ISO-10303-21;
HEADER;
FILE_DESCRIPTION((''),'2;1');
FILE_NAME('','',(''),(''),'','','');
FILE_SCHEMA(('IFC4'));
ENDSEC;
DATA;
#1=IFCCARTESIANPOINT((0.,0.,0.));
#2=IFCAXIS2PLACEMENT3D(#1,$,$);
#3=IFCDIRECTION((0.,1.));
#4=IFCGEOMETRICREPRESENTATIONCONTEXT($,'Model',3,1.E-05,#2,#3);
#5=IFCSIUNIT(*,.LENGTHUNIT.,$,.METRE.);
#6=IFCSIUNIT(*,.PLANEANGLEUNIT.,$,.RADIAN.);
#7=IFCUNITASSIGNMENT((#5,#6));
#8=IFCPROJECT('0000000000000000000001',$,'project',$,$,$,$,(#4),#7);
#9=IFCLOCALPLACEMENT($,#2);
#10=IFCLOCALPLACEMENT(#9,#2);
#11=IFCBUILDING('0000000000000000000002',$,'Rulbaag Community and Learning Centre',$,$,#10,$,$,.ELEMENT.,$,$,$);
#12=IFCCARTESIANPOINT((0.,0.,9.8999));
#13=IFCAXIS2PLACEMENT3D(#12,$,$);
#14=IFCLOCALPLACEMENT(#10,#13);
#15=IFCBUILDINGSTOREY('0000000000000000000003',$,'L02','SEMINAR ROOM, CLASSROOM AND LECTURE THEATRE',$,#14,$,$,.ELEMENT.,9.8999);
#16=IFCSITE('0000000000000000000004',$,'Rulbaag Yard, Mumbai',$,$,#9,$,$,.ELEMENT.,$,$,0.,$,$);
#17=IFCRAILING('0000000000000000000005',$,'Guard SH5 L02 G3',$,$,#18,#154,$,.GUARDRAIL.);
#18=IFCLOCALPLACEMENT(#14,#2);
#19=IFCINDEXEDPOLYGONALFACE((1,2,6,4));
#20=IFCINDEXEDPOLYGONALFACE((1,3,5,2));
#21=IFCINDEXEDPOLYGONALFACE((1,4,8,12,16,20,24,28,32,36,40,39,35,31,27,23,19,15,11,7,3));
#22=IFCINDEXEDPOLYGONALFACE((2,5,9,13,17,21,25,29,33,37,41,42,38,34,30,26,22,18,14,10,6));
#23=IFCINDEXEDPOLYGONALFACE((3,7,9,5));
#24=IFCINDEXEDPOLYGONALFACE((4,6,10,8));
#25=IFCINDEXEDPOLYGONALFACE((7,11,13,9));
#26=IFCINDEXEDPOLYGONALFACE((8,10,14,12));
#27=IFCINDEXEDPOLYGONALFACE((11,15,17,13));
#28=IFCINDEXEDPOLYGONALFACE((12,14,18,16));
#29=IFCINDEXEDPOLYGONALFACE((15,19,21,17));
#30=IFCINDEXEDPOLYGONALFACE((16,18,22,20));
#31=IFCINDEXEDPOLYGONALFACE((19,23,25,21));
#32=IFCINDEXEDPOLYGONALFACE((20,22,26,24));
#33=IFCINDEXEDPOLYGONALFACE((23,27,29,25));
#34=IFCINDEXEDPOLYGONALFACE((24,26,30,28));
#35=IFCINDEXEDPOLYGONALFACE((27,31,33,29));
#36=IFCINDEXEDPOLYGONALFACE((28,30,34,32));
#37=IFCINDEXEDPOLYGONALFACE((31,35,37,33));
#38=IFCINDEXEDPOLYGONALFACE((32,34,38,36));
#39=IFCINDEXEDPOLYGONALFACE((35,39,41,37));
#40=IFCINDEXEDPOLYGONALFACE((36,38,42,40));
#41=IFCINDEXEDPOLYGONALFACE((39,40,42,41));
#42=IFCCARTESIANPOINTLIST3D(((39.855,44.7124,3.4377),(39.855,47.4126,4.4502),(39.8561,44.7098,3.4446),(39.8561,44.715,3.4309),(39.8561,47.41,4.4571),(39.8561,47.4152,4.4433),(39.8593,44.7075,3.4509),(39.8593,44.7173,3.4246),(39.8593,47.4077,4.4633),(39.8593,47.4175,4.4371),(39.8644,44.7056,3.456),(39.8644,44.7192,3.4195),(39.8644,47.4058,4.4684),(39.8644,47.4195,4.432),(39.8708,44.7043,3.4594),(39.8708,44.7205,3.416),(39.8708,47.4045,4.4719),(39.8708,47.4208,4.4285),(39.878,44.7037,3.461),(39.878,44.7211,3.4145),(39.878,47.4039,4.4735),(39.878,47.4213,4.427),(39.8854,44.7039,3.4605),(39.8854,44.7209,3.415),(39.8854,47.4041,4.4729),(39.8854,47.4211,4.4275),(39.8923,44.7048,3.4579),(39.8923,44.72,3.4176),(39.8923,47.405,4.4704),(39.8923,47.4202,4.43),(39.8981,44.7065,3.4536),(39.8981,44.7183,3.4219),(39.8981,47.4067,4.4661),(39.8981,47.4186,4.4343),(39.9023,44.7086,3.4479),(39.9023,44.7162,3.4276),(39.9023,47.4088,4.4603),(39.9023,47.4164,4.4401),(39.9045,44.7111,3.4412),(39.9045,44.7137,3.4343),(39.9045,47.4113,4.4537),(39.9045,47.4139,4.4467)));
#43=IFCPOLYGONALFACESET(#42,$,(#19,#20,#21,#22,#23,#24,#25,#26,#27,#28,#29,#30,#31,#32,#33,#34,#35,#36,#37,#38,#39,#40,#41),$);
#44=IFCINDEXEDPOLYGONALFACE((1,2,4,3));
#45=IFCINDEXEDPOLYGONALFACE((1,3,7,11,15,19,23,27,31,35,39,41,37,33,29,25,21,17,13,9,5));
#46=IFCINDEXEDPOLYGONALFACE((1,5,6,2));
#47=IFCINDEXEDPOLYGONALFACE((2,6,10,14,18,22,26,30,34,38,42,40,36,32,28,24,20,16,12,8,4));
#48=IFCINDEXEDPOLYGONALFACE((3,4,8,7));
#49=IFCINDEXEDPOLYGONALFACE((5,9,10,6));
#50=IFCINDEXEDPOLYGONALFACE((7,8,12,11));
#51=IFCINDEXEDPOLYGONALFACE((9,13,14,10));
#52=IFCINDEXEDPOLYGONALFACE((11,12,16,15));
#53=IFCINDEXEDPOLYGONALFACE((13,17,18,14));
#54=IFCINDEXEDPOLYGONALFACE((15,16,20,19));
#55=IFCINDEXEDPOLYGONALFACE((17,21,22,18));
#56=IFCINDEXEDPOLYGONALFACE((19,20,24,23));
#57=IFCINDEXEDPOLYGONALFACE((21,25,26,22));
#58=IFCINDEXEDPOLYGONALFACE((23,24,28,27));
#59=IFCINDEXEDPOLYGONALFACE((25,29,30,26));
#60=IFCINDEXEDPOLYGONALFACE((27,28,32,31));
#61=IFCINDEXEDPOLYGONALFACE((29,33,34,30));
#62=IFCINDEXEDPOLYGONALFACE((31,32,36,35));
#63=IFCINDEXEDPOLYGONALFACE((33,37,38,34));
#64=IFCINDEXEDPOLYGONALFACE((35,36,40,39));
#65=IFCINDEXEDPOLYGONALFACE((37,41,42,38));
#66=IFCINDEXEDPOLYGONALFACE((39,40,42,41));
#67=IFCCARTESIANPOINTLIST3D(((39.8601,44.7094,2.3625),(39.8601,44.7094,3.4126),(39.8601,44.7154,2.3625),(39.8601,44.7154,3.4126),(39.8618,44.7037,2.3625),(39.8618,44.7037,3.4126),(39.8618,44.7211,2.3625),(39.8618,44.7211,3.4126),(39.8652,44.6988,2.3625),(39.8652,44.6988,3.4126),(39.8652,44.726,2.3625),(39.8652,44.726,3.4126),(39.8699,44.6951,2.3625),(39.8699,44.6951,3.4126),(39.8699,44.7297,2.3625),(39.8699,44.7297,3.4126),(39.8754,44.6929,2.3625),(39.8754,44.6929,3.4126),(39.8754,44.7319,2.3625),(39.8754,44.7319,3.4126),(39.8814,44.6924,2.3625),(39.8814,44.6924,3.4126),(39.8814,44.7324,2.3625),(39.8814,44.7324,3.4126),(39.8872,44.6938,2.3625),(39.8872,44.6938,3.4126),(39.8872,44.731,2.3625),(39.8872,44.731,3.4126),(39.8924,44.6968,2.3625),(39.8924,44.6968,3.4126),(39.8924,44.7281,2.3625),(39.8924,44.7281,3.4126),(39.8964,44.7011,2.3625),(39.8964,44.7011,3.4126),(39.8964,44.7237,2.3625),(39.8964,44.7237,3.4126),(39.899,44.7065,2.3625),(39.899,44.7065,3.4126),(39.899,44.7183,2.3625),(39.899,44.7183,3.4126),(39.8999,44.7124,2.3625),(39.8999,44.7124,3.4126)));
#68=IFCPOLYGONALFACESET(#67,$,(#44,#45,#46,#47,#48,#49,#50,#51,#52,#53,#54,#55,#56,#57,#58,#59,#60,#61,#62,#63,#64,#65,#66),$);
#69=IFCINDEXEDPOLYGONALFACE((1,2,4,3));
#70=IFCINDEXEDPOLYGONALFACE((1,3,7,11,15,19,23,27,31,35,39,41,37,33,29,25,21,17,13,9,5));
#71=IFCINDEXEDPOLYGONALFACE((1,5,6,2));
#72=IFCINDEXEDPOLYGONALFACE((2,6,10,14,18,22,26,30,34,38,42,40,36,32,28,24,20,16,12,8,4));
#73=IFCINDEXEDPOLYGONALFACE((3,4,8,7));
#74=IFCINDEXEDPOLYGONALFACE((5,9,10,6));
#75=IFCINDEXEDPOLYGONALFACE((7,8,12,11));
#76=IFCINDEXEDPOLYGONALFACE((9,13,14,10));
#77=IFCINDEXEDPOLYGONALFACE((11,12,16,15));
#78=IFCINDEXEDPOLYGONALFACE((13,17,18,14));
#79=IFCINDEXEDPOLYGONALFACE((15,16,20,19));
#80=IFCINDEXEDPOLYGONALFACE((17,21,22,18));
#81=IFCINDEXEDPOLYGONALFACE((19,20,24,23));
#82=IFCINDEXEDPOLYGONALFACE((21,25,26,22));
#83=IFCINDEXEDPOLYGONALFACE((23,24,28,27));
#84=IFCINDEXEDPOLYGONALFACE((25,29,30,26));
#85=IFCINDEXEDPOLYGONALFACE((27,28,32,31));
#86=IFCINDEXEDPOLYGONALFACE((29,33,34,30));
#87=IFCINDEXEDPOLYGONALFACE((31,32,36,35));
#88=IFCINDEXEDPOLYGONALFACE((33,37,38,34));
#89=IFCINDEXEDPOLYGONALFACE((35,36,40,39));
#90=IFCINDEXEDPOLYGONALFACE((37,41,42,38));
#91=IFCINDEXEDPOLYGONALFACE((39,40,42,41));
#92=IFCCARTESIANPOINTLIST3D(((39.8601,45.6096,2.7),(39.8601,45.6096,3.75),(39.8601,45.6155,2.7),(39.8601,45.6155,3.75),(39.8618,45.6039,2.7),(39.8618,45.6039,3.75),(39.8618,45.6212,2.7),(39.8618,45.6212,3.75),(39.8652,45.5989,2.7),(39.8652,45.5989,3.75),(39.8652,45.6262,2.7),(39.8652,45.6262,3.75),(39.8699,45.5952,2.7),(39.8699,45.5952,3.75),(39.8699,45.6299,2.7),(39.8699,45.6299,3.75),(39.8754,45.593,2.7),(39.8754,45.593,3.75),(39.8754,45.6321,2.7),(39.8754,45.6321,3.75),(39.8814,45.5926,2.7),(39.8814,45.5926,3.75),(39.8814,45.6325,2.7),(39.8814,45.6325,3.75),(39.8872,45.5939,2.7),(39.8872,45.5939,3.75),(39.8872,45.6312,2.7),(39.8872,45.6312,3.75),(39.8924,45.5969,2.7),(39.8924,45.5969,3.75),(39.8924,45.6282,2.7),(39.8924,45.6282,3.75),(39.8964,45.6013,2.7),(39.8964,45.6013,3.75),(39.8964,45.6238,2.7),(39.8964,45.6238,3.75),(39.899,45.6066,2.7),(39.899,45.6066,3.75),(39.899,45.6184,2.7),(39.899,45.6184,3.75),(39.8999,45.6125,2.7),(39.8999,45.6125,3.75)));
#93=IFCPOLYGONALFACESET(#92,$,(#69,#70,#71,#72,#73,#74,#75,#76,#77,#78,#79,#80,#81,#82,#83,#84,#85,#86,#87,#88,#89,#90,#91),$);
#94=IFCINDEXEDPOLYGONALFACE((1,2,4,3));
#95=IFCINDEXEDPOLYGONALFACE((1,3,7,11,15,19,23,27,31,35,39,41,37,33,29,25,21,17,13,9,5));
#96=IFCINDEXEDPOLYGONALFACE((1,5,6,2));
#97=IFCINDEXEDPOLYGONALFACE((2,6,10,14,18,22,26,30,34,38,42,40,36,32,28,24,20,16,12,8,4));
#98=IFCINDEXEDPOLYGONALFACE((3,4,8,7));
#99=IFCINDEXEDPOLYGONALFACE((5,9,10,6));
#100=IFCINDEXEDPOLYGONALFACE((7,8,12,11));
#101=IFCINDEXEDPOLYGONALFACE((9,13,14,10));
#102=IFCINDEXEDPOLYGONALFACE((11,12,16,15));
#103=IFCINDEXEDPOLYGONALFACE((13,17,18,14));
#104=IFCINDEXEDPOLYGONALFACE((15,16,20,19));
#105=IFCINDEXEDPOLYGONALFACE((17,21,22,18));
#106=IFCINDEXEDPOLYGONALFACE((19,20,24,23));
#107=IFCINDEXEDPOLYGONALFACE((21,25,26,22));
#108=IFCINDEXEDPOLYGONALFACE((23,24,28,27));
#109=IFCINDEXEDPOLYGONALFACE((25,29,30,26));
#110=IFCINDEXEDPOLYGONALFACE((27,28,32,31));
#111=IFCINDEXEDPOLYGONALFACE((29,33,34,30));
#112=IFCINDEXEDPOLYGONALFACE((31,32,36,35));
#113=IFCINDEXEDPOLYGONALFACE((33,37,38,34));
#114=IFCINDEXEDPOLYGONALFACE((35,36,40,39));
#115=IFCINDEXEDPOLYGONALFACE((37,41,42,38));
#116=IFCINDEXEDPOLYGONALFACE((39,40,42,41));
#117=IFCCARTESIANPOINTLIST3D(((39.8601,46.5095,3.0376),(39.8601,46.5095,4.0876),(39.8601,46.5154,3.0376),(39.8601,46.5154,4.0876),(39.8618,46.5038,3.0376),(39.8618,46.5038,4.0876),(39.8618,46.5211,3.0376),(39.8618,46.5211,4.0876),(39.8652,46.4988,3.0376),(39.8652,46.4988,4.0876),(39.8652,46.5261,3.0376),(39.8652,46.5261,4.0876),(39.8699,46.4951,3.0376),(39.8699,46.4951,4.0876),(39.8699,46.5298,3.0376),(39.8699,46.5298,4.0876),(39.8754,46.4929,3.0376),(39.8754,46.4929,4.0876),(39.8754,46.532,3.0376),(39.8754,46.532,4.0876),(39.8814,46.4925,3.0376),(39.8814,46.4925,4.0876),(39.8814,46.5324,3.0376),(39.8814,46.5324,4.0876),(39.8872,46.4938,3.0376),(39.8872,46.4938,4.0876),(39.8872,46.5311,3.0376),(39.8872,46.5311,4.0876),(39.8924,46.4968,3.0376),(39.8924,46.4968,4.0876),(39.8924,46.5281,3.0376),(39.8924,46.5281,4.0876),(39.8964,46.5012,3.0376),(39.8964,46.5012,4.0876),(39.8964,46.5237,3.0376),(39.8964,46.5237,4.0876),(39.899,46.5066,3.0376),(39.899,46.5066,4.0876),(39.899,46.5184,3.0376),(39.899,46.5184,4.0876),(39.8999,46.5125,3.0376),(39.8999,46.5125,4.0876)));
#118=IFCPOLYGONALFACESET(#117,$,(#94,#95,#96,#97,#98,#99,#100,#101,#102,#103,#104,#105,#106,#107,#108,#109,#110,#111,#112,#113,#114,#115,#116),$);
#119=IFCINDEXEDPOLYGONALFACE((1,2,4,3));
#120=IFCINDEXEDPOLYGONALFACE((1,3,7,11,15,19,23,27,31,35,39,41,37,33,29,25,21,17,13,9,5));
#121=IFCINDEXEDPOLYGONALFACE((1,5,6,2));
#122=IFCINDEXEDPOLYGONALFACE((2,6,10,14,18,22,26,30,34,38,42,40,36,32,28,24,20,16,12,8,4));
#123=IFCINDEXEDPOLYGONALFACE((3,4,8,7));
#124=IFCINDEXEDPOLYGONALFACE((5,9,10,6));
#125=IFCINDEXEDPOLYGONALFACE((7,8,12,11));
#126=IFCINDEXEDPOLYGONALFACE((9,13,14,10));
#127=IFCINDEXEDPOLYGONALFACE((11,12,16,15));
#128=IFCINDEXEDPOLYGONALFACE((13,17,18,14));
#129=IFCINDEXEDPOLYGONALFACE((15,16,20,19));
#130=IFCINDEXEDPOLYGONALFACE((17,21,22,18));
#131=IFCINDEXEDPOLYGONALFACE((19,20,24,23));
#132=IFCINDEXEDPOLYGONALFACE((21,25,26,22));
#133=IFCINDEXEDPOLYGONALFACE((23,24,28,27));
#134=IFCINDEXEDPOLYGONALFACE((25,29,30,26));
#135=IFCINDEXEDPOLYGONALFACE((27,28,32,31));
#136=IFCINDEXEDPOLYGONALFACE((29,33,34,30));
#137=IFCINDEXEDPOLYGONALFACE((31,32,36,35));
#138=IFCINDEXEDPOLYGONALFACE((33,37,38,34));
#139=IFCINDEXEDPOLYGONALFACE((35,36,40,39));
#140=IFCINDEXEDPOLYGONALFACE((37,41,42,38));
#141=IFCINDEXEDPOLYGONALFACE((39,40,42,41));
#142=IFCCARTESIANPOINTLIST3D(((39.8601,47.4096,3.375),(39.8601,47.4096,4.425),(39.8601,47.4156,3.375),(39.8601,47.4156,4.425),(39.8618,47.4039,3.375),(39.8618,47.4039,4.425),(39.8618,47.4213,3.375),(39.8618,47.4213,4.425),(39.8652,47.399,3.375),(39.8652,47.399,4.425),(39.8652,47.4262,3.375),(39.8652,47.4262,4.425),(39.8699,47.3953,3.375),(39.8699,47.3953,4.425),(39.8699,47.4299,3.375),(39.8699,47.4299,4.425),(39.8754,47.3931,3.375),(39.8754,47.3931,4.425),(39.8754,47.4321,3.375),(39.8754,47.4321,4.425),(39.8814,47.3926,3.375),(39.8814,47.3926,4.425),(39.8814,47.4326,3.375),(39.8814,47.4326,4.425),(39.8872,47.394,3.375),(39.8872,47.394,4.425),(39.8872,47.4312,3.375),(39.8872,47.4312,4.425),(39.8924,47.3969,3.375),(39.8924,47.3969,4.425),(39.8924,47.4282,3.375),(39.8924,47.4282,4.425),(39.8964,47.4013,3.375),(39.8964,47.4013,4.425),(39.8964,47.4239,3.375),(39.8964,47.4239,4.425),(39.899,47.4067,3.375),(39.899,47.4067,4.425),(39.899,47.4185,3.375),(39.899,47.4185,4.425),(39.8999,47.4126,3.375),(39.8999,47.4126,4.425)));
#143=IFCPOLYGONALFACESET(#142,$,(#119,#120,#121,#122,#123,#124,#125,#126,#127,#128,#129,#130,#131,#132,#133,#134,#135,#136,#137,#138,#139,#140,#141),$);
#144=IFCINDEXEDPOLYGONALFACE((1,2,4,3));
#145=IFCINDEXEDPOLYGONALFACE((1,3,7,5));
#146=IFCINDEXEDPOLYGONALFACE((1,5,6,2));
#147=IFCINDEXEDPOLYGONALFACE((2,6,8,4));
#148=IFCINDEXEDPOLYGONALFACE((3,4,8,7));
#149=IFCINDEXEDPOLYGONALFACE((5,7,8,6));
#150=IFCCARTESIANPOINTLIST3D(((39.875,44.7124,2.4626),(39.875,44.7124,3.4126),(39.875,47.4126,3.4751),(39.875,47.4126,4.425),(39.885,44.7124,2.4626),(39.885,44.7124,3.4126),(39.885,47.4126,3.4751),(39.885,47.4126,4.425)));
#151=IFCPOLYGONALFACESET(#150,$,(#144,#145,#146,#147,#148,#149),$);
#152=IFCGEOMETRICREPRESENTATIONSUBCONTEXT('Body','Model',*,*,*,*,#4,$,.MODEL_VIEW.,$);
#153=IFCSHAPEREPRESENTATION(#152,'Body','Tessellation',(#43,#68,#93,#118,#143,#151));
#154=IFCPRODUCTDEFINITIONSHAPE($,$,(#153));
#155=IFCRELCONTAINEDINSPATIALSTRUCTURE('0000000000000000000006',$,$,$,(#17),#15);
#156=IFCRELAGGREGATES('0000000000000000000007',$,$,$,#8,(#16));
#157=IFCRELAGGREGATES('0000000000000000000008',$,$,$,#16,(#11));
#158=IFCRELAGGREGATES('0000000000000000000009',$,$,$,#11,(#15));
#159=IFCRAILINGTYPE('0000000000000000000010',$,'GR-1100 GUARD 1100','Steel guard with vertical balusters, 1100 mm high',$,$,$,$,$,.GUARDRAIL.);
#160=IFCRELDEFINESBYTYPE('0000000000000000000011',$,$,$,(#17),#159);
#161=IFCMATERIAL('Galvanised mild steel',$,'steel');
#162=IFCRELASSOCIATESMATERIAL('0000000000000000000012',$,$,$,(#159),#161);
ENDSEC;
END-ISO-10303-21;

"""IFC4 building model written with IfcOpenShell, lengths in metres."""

from ifc_helpers import new_model, si_unit, direction, frame, origin, origin_2d, place, context, subcontext, project, spatial, polyline, circle, outline, extrude, material, type_object, element, save


model = new_model("IFC4")

# Units and contexts
model_context = context("Model", 3, precision=1e-05, world=origin(), true_north=direction((0.0, 1.0)))
body_context = subcontext(model_context, "Body", "Model", "MODEL_VIEW")
ifc_project = project(units=[si_unit("LENGTHUNIT", "METRE"), si_unit("PLANEANGLEUNIT", "RADIAN")], contexts=[model_context])

# Site, building, storey
site_placement = place(None, origin())
site = spatial("IfcSite", under=ifc_project, at=site_placement, Name="Rulbaag Yard, Mumbai", CompositionType="ELEMENT", RefElevation=0.0)
building_placement = place(site_placement, origin())
building = spatial("IfcBuilding", under=site, at=building_placement, Name="Rulbaag Community and Learning Centre", CompositionType="ELEMENT")
storey_placement = place(building_placement, frame((0.0, 0.0, 9.8999)))
storey = spatial("IfcBuildingStorey", under=building, at=storey_placement, Name="L02", Description="SEMINAR ROOM, CLASSROOM AND LECTURE THEATRE", CompositionType="ELEMENT", Elevation=9.8999)

# Railing
ifc_material_1 = material(Name="Galvanised mild steel", Category="steel")
railing_type_1 = type_object("IfcRailingType", Name="GR-1100 GUARD 1100", Description="Steel guard with vertical balusters, 1100 mm high", PredefinedType="GUARDRAIL", material=ifc_material_1)
railing_1_placement = place(storey_placement, frame((39.8799, 44.7124, 2.3625)))
element("IfcRailing", 1, at=railing_1_placement, inside=storey, type_object=railing_type_1, Name="Guard SH5 L02 G3", PredefinedType="GUARDRAIL", context=body_context, shape_type="SweptSolid", body=[
    extrude(circle(Radius=0.0249, at=origin_2d()), frame((0.0, 0.0, 1.0752), z_axis=(0.0, 0.936343, 0.351086), x_axis=(-1.0, 0.0, 0.0)), (0.0, 0.0, 1.0), 2.8838),
    extrude(circle(Radius=0.02, at=origin_2d()), origin(), (0.0, 0.0, 1.0), 1.05),
    extrude(circle(Radius=0.02, at=origin_2d()), frame((0.0, 0.9001, 0.3374)), (0.0, 0.0, 1.0), 1.05),
    extrude(circle(Radius=0.02, at=origin_2d()), frame((0.0, 1.8, 0.675)), (0.0, 0.0, 1.0), 1.05),
    extrude(circle(Radius=0.02, at=origin_2d()), frame((0.0, 2.7002, 1.0125)), (0.0, 0.0, 1.0), 1.05),
    extrude(outline(polyline([(0.0, 0.0), (2.7002, 1.0125), (2.7002, 1.9624), (0.0, 0.95), (0.0, 0.0)])), frame((-0.0049, 0.0, 0.1001), z_axis=(1.0, 0.0, 0.0), x_axis=(0.0, 1.0, 0.0)), (0.0, 0.0, 1.0), 0.01),
])

save(model, "model.ifc")
